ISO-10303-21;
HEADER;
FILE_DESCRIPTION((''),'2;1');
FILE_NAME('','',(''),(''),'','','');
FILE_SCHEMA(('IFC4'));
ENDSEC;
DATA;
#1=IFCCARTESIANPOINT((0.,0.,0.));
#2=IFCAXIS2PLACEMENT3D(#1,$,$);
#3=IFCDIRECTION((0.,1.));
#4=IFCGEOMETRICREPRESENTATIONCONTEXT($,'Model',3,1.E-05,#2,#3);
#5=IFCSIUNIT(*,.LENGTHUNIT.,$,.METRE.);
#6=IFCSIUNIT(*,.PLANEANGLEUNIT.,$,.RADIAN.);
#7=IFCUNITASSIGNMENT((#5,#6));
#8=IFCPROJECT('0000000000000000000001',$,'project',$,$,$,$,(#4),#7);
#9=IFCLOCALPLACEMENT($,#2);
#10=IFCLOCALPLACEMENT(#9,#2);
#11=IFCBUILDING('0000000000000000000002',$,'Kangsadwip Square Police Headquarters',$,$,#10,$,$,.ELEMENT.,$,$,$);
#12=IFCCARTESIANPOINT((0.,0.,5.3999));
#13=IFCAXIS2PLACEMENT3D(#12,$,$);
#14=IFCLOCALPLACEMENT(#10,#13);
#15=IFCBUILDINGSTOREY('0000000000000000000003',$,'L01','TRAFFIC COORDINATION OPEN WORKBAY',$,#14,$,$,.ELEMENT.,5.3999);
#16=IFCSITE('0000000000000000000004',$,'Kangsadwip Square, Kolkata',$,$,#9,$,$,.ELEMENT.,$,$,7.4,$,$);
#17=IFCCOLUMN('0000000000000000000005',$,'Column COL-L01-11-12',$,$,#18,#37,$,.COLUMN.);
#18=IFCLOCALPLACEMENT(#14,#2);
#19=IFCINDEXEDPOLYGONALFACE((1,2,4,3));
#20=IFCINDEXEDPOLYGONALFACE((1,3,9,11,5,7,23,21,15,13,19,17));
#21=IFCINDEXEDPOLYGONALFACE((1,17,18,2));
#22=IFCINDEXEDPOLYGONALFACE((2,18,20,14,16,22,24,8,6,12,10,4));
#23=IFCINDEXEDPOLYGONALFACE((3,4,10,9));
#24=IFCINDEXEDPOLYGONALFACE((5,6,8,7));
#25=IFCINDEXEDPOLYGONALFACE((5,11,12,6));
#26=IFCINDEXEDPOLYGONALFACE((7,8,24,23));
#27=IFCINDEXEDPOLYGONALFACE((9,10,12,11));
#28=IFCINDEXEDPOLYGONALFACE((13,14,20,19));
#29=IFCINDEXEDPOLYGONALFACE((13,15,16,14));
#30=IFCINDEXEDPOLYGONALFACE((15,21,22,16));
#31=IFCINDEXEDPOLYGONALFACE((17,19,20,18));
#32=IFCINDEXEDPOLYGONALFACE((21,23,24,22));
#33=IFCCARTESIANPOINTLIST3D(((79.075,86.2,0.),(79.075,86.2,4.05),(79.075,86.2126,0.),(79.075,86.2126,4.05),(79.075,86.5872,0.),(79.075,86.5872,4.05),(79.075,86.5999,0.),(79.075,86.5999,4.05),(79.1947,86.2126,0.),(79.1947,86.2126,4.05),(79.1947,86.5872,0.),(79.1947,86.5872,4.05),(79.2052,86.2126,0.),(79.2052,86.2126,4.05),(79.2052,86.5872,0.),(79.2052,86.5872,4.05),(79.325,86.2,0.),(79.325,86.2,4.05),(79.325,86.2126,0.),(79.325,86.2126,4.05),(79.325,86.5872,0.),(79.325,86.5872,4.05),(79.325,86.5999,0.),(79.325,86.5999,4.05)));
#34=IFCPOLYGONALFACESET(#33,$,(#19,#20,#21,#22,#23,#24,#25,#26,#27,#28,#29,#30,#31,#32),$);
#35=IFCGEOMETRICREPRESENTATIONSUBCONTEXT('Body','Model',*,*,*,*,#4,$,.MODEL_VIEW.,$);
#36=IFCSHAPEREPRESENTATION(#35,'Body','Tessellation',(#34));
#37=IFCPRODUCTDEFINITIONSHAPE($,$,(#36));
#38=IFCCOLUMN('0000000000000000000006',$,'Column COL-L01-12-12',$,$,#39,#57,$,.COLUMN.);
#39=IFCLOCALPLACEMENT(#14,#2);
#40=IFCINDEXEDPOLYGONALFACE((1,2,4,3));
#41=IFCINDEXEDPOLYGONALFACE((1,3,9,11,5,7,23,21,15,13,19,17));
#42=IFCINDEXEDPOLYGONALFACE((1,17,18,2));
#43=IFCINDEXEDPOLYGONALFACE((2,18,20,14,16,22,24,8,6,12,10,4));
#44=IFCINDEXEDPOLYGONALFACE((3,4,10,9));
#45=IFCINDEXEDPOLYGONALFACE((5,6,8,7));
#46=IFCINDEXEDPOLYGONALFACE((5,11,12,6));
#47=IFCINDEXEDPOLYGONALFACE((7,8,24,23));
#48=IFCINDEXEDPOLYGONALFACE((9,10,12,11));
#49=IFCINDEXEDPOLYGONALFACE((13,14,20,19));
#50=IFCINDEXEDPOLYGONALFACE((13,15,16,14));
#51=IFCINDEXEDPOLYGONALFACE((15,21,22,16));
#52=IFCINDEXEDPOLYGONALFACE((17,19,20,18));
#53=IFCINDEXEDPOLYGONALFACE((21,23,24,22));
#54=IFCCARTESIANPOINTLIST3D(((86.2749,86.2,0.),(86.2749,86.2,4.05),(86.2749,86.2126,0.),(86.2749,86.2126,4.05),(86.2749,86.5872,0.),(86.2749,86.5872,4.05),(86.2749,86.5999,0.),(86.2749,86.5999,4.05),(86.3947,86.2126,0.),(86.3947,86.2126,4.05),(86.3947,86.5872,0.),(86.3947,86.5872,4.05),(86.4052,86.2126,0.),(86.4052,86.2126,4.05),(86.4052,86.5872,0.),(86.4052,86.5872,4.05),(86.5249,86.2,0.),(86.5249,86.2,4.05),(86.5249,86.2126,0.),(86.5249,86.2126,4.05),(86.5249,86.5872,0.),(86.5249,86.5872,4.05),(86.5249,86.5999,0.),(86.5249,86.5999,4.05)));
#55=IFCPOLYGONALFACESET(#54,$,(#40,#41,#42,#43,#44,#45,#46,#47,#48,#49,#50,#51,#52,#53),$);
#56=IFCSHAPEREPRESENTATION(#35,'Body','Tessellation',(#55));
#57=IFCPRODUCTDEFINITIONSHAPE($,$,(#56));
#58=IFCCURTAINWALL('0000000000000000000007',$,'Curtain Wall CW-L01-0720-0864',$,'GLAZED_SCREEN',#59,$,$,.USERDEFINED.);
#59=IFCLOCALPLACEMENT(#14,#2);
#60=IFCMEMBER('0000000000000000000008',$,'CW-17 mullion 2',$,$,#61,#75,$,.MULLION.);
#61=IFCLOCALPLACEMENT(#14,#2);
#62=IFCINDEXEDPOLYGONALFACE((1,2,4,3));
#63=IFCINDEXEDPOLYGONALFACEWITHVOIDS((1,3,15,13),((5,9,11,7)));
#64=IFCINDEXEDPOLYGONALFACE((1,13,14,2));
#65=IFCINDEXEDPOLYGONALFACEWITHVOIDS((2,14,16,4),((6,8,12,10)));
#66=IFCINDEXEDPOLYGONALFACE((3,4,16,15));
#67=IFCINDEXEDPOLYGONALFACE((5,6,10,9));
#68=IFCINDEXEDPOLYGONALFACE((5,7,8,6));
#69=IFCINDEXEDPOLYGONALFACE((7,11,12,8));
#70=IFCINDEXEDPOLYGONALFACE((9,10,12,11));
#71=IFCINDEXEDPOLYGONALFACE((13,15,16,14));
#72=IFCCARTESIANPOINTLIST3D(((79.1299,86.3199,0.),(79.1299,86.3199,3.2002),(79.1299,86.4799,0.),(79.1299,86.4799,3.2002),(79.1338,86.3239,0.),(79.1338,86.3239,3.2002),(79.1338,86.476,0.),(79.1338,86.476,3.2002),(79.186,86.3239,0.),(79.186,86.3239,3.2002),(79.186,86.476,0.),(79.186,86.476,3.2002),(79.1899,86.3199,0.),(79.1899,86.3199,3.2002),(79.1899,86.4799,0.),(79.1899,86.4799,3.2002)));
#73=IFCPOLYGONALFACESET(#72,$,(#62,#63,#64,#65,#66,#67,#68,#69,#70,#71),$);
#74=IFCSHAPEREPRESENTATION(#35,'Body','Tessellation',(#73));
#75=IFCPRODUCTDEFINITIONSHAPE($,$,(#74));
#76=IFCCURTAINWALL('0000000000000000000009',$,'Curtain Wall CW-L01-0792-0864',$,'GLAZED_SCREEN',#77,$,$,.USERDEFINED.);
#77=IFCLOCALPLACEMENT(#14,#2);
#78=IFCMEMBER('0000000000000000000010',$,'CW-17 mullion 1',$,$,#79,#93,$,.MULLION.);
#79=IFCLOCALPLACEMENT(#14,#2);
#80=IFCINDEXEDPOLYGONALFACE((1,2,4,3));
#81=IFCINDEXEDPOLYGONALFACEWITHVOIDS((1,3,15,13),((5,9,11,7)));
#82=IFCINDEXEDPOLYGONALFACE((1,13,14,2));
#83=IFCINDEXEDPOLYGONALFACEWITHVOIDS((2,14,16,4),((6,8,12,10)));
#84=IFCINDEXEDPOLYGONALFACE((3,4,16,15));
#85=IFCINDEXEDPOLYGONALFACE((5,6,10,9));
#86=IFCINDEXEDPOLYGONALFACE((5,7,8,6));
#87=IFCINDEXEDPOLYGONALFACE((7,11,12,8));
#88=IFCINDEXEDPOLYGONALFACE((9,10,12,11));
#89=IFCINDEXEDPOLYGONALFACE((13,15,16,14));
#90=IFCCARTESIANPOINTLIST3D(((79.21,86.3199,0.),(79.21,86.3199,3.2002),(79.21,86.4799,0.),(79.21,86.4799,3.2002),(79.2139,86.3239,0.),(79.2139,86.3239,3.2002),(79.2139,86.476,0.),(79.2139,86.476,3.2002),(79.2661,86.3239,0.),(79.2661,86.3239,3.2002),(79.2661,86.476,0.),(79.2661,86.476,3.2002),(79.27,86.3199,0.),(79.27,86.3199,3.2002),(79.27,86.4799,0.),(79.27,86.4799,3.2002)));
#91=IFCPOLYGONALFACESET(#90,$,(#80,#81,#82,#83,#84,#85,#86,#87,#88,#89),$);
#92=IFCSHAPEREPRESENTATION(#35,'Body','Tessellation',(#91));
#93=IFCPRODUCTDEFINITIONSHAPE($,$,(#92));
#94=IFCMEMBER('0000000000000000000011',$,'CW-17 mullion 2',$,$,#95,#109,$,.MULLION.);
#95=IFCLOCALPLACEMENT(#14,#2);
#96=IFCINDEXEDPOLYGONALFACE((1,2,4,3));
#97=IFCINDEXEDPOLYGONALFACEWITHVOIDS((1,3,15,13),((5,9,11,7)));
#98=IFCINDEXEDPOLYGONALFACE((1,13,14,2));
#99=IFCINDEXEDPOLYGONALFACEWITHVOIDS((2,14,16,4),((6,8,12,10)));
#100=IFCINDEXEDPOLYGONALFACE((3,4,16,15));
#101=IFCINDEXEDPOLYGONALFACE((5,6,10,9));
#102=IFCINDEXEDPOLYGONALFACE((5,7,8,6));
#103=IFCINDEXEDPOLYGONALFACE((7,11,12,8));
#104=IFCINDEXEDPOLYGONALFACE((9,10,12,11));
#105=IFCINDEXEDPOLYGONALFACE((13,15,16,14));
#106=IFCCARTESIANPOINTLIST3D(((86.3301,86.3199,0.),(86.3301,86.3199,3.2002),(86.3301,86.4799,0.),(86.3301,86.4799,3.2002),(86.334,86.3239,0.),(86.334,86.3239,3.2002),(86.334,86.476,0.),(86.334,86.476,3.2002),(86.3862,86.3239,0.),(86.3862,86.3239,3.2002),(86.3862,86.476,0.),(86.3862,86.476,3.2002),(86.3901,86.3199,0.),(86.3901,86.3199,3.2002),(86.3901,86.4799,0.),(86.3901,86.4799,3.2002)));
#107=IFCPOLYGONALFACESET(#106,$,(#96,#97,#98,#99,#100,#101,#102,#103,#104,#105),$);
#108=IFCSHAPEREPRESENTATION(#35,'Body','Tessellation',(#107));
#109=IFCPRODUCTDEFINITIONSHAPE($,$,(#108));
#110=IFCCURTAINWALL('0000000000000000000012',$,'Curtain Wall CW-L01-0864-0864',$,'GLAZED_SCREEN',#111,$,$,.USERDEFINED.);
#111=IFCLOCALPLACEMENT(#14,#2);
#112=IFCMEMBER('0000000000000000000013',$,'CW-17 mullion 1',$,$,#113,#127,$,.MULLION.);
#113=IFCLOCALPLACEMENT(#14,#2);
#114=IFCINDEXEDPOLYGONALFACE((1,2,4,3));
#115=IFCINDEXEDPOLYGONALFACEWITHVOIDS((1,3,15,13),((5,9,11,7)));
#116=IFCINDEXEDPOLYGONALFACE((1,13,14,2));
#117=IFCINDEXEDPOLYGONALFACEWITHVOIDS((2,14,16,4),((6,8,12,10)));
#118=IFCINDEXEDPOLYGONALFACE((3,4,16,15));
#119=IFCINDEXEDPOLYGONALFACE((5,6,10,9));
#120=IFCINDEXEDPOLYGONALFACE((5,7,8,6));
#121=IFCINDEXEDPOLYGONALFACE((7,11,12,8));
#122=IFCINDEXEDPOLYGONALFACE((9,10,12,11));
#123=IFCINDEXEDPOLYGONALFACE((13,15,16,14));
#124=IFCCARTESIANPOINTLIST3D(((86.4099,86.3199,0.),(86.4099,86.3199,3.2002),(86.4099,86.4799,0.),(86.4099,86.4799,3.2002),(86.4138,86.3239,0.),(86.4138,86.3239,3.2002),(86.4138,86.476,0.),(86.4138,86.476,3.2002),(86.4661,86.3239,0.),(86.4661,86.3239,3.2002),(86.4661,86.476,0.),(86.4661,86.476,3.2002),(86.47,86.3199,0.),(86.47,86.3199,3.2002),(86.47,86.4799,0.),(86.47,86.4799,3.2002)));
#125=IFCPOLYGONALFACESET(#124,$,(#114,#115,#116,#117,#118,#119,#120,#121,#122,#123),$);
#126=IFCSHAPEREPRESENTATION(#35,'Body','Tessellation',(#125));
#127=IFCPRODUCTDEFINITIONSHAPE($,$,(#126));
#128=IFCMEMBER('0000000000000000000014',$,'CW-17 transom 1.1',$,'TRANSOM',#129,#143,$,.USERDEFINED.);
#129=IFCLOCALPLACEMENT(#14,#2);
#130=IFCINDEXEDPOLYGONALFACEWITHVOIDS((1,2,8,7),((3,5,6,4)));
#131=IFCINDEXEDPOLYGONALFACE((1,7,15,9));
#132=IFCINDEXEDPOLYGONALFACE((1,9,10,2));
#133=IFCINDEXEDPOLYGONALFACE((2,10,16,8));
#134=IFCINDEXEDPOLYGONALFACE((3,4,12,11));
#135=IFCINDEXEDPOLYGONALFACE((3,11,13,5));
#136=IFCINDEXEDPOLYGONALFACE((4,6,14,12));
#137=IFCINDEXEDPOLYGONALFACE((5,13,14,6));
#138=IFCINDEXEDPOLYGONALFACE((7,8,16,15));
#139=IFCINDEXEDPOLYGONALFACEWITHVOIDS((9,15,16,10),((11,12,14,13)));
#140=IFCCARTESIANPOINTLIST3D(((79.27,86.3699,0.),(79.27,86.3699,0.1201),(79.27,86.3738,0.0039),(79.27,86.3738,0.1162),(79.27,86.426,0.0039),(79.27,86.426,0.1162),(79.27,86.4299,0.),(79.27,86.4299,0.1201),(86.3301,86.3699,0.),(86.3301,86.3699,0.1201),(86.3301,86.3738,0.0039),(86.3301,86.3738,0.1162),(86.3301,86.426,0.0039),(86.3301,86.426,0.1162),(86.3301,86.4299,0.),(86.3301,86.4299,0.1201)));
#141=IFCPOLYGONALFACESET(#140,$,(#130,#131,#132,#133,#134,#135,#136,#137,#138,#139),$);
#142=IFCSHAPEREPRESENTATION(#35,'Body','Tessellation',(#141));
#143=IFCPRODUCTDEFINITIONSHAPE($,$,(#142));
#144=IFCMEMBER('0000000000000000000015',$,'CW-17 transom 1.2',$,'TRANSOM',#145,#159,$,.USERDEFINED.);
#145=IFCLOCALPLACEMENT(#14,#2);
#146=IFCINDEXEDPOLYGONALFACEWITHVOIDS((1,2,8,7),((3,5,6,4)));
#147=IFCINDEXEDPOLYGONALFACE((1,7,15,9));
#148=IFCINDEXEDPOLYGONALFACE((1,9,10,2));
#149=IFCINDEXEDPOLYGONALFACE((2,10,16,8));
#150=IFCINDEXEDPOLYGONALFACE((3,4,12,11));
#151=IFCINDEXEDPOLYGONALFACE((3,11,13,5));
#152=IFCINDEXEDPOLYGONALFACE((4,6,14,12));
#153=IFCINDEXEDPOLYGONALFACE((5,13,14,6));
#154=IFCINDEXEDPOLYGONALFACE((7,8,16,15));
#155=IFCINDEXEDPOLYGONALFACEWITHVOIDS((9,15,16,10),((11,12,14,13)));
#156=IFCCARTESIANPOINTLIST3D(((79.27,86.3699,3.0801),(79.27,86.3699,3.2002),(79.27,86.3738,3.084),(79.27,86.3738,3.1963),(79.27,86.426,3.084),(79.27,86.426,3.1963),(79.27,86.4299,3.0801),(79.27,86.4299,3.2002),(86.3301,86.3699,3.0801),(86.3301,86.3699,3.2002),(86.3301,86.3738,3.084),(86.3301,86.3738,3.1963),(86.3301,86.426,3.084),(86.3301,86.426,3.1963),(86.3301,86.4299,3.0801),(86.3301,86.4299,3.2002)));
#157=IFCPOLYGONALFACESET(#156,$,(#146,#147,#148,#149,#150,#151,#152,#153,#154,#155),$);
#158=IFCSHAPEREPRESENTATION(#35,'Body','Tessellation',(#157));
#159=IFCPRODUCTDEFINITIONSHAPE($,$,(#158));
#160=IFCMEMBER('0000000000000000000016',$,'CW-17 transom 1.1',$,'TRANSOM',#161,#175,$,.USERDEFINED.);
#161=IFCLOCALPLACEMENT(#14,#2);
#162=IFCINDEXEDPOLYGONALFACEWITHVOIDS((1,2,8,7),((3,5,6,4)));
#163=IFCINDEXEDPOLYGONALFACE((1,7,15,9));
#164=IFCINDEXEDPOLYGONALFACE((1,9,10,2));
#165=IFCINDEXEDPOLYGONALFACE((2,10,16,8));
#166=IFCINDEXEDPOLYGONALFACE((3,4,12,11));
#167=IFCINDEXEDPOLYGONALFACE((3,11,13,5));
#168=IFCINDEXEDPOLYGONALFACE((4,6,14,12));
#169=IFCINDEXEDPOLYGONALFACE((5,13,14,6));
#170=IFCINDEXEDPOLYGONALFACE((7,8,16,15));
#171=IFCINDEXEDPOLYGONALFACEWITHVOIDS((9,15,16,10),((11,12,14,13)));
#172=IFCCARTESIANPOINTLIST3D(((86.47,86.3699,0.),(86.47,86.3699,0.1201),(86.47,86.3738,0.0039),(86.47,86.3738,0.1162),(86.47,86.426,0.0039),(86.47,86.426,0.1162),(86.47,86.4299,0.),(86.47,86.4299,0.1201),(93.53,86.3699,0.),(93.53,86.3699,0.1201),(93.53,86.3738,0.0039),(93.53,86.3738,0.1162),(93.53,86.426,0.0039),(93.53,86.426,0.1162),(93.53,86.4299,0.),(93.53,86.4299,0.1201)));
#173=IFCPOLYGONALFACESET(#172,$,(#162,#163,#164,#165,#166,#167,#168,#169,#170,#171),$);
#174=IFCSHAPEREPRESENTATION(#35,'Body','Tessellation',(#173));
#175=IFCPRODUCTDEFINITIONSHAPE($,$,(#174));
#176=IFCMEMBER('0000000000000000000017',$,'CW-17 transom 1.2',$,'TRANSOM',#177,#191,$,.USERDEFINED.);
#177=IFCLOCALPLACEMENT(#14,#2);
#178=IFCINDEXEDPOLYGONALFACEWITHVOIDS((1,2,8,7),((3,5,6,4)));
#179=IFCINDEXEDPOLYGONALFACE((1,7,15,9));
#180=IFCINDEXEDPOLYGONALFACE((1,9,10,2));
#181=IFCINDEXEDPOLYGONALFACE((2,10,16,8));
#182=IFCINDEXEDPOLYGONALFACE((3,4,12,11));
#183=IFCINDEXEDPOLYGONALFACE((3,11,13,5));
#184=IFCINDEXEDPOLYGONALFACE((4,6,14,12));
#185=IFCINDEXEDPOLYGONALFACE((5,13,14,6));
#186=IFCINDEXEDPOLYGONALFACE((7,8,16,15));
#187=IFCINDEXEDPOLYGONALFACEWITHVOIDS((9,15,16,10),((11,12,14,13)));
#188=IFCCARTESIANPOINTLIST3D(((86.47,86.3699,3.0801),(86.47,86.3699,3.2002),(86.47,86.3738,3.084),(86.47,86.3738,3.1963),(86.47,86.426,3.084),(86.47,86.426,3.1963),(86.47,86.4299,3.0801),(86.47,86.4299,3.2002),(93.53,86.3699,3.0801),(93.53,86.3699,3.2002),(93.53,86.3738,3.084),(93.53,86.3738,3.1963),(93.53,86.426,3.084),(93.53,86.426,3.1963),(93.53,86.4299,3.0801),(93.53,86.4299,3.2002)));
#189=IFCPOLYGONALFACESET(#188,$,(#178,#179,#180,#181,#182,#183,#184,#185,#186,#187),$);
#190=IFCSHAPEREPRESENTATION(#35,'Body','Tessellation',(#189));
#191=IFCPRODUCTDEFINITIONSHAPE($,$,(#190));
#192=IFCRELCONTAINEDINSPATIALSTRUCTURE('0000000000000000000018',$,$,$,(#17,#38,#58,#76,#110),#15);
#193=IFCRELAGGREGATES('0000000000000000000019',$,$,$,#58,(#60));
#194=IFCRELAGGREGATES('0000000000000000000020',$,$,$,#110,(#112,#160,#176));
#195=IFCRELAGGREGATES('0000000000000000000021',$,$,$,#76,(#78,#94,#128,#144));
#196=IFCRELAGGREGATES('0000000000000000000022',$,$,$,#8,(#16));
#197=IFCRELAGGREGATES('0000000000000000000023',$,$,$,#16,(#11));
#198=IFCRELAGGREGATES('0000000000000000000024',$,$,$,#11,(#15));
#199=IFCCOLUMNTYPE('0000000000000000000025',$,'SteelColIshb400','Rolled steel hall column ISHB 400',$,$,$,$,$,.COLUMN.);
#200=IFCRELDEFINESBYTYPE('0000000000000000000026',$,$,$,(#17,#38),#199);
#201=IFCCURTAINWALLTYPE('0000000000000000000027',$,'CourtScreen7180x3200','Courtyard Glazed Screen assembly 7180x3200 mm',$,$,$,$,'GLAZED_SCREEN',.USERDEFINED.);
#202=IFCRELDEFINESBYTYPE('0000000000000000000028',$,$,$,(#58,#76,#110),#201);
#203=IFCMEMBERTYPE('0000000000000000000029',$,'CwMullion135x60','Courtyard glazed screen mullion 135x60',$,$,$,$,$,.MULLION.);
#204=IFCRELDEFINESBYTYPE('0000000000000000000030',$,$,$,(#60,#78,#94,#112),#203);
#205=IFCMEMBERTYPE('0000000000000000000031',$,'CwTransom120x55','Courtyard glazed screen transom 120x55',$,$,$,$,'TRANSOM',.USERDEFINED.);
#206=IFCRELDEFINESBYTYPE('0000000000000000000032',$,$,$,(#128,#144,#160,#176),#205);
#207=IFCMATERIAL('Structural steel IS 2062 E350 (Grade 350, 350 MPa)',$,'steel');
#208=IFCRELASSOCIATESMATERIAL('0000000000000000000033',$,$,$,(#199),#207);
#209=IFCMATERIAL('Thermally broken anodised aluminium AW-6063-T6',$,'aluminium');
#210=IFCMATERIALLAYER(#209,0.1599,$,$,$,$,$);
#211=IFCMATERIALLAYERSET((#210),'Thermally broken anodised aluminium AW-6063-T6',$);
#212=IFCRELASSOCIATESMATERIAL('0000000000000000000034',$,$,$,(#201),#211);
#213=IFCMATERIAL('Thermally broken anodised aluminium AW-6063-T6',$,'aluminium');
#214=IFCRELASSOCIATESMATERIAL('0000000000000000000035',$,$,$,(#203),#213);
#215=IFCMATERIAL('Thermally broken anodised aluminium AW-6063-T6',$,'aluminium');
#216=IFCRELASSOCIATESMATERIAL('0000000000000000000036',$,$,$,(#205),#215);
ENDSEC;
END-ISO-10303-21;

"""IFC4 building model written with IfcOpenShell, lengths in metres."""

from ifc_helpers import new_model, si_unit, direction, frame, origin, origin_2d, place, context, subcontext, project, spatial, hollow_rectangle, i_section, extrude, material, layer, layer_set, material_profile, profile_set, type_object, element, aggregate, save


model = new_model("IFC4")

# Units and contexts
model_context = context("Model", 3, precision=1e-05, world=origin(), true_north=direction((0.0, 1.0)))
body_context = subcontext(model_context, "Body", "Model", "MODEL_VIEW")
ifc_project = project(units=[si_unit("LENGTHUNIT", "METRE"), si_unit("PLANEANGLEUNIT", "RADIAN")], contexts=[model_context])

# Site, building, storey
site_placement = place(None, origin())
site = spatial("IfcSite", under=ifc_project, at=site_placement, Name="Kangsadwip Square, Kolkata", CompositionType="ELEMENT", RefElevation=7.4)
building_placement = place(site_placement, origin())
building = spatial("IfcBuilding", under=site, at=building_placement, Name="Kangsadwip Square Police Headquarters", CompositionType="ELEMENT")
storey_placement = place(building_placement, frame((0.0, 0.0, 5.3999)))
storey = spatial("IfcBuildingStorey", under=building, at=storey_placement, Name="L01", Description="TRAFFIC COORDINATION OPEN WORKBAY", CompositionType="ELEMENT", Elevation=5.3999)

# Columns
ifc_material_1 = material(Name="Structural steel IS 2062 E350 (Grade 350, 350 MPa)", Category="steel")
ifc_material_profile_1 = material_profile(ifc_material_1, i_section(OverallWidth=0.25, OverallDepth=0.3999, WebThickness=0.0105, FlangeThickness=0.0127, at=origin_2d()), Name="ISHB 400")
ifc_profile_set_1 = profile_set([ifc_material_profile_1], Name="Structural steel IS 2062 E350 (Grade 350, 350 MPa)")
column_type = type_object("IfcColumnType", Name="SteelColIshb400", Description="Rolled steel hall column ISHB 400", PredefinedType="COLUMN", material=ifc_profile_set_1)
for number, where, z_axis, x_axis, name in (
    (1, (79.2, 86.3999, 0.0), (0.0, 0.0, 1.0), (1.0, 0.0, 0.0), "Column COL-L01-11-12"),
    (2, (86.3999, 86.3999, 0.0), (0.0, 0.0, 1.0), (1.0, 0.0, 0.0), "Column COL-L01-12-12"),
):
    element("IfcColumn", number, at=place(storey_placement, frame(where, z_axis=z_axis, x_axis=x_axis)), inside=storey, type_object=column_type, Name=name, PredefinedType="COLUMN", context=body_context, shape_type="SweptSolid", body=[
        extrude(i_section(OverallWidth=0.25, OverallDepth=0.3999, WebThickness=0.0105, FlangeThickness=0.0127, at=origin_2d()), origin(), (0.0, 0.0, 1.0), 4.05),
    ])

# Curtain wall, member
ifc_material_2 = material(Name="Thermally broken anodised aluminium AW-6063-T6", Category="aluminium")
ifc_layer_1 = layer(ifc_material_2, 0.1599)
ifc_layer_set_1 = layer_set([ifc_layer_1], Name="Thermally broken anodised aluminium AW-6063-T6")
curtain_wall_type = type_object("IfcCurtainWallType", Name="CourtScreen7180x3200", Description="Courtyard Glazed Screen assembly 7180x3200 mm", ElementType="GLAZED_SCREEN", PredefinedType="USERDEFINED", material=ifc_layer_set_1)
curtain_wall_1_placement = place(storey_placement, origin())
curtain_wall_1 = element("IfcCurtainWall", 3, at=curtain_wall_1_placement, inside=storey, type_object=curtain_wall_type, Name="Curtain Wall CW-L01-0720-0864", ObjectType="GLAZED_SCREEN", PredefinedType="USERDEFINED")
ifc_material_3 = material(Name="Thermally broken anodised aluminium AW-6063-T6", Category="aluminium")
ifc_material_profile_2 = material_profile(ifc_material_3, hollow_rectangle(XDim=0.0601, YDim=0.1599, WallThickness=0.0039, at=origin_2d()), Name="CWM 160X60X4")
ifc_profile_set_2 = profile_set([ifc_material_profile_2], Name="Thermally broken anodised aluminium AW-6063-T6")
member_type_1 = type_object("IfcMemberType", Name="CwMullion135x60", Description="Courtyard glazed screen mullion 135x60", PredefinedType="MULLION", material=ifc_profile_set_2)
member_1_placement = place(storey_placement, frame((79.1599, 86.3999, 0.0), z_axis=(0.0, 0.0, 1.0), x_axis=(1.0, 0.0, 0.0)))
member_1 = element("IfcMember", 4, at=member_1_placement, type_object=member_type_1, Name="CW-17 mullion 2", PredefinedType="MULLION", context=body_context, shape_type="SweptSolid", body=[
    extrude(hollow_rectangle(XDim=0.0601, YDim=0.1599, WallThickness=0.0039, at=origin_2d()), origin(), (0.0, 0.0, 1.0), 3.2002),
])
aggregate(curtain_wall_1, [member_1])

# Curtain wall, members
curtain_wall_2_placement = place(storey_placement, origin())
curtain_wall_2 = element("IfcCurtainWall", 5, at=curtain_wall_2_placement, inside=storey, type_object=curtain_wall_type, Name="Curtain Wall CW-L01-0792-0864", ObjectType="GLAZED_SCREEN", PredefinedType="USERDEFINED")
member_2_placement = place(storey_placement, frame((79.24, 86.3999, 0.0), z_axis=(0.0, 0.0, 1.0), x_axis=(1.0, 0.0, 0.0)))
member_2 = element("IfcMember", 6, at=member_2_placement, type_object=member_type_1, Name="CW-17 mullion 1", PredefinedType="MULLION", context=body_context, shape_type="SweptSolid", body=[
    extrude(hollow_rectangle(XDim=0.0601, YDim=0.1599, WallThickness=0.0039, at=origin_2d()), origin(), (0.0, 0.0, 1.0), 3.2002),
])
member_3_placement = place(storey_placement, frame((86.3601, 86.3999, 0.0), z_axis=(0.0, 0.0, 1.0), x_axis=(1.0, 0.0, 0.0)))
member_3 = element("IfcMember", 7, at=member_3_placement, type_object=member_type_1, Name="CW-17 mullion 2", PredefinedType="MULLION", context=body_context, shape_type="SweptSolid", body=[
    extrude(hollow_rectangle(XDim=0.0601, YDim=0.1599, WallThickness=0.0039, at=origin_2d()), origin(), (0.0, 0.0, 1.0), 3.2002),
])

# Curtain wall, member
curtain_wall_3_placement = place(storey_placement, origin())
curtain_wall_3 = element("IfcCurtainWall", 8, at=curtain_wall_3_placement, inside=storey, type_object=curtain_wall_type, Name="Curtain Wall CW-L01-0864-0864", ObjectType="GLAZED_SCREEN", PredefinedType="USERDEFINED")
member_4_placement = place(storey_placement, frame((86.4399, 86.3999, 0.0), z_axis=(0.0, 0.0, 1.0), x_axis=(1.0, 0.0, 0.0)))
member_4 = element("IfcMember", 9, at=member_4_placement, type_object=member_type_1, Name="CW-17 mullion 1", PredefinedType="MULLION", context=body_context, shape_type="SweptSolid", body=[
    extrude(hollow_rectangle(XDim=0.0601, YDim=0.1599, WallThickness=0.0039, at=origin_2d()), origin(), (0.0, 0.0, 1.0), 3.2002),
])

# Members
ifc_material_4 = material(Name="Thermally broken anodised aluminium AW-6063-T6", Category="aluminium")
ifc_material_profile_3 = material_profile(ifc_material_4, hollow_rectangle(XDim=0.0601, YDim=0.1201, WallThickness=0.0039, at=origin_2d()), Name="CWT 120X60X4")
ifc_profile_set_3 = profile_set([ifc_material_profile_3], Name="Thermally broken anodised aluminium AW-6063-T6")
member_type_2 = type_object("IfcMemberType", Name="CwTransom120x55", Description="Courtyard glazed screen transom 120x55", ElementType="TRANSOM", PredefinedType="USERDEFINED", material=ifc_profile_set_3)
member_5_placement = place(storey_placement, frame((79.27, 86.3999, 0.0601), z_axis=(1.0, 0.0, 0.0), x_axis=(0.0, 1.0, 0.0)))
member_5 = element("IfcMember", 10, at=member_5_placement, type_object=member_type_2, Name="CW-17 transom 1.1", ObjectType="TRANSOM", PredefinedType="USERDEFINED", context=body_context, shape_type="SweptSolid", body=[
    extrude(hollow_rectangle(XDim=0.0601, YDim=0.1201, WallThickness=0.0039, at=origin_2d()), origin(), (0.0, 0.0, 1.0), 7.0601),
])
member_6_placement = place(storey_placement, frame((79.27, 86.3999, 3.1401), z_axis=(1.0, 0.0, 0.0), x_axis=(0.0, 1.0, 0.0)))
member_6 = element("IfcMember", 11, at=member_6_placement, type_object=member_type_2, Name="CW-17 transom 1.2", ObjectType="TRANSOM", PredefinedType="USERDEFINED", context=body_context, shape_type="SweptSolid", body=[
    extrude(hollow_rectangle(XDim=0.0601, YDim=0.1201, WallThickness=0.0039, at=origin_2d()), origin(), (0.0, 0.0, 1.0), 7.0601),
])
member_7_placement = place(storey_placement, frame((86.47, 86.3999, 0.0601), z_axis=(1.0, 0.0, 0.0), x_axis=(0.0, 1.0, 0.0)))
member_7 = element("IfcMember", 12, at=member_7_placement, type_object=member_type_2, Name="CW-17 transom 1.1", ObjectType="TRANSOM", PredefinedType="USERDEFINED", context=body_context, shape_type="SweptSolid", body=[
    extrude(hollow_rectangle(XDim=0.0601, YDim=0.1201, WallThickness=0.0039, at=origin_2d()), origin(), (0.0, 0.0, 1.0), 7.0601),
])
member_8_placement = place(storey_placement, frame((86.47, 86.3999, 3.1401), z_axis=(1.0, 0.0, 0.0), x_axis=(0.0, 1.0, 0.0)))
member_8 = element("IfcMember", 13, at=member_8_placement, type_object=member_type_2, Name="CW-17 transom 1.2", ObjectType="TRANSOM", PredefinedType="USERDEFINED", context=body_context, shape_type="SweptSolid", body=[
    extrude(hollow_rectangle(XDim=0.0601, YDim=0.1201, WallThickness=0.0039, at=origin_2d()), origin(), (0.0, 0.0, 1.0), 7.0601),
])
aggregate(curtain_wall_3, [member_4, member_7, member_8])

aggregate(curtain_wall_2, [member_2, member_3, member_5, member_6])

save(model, "model.ifc")
